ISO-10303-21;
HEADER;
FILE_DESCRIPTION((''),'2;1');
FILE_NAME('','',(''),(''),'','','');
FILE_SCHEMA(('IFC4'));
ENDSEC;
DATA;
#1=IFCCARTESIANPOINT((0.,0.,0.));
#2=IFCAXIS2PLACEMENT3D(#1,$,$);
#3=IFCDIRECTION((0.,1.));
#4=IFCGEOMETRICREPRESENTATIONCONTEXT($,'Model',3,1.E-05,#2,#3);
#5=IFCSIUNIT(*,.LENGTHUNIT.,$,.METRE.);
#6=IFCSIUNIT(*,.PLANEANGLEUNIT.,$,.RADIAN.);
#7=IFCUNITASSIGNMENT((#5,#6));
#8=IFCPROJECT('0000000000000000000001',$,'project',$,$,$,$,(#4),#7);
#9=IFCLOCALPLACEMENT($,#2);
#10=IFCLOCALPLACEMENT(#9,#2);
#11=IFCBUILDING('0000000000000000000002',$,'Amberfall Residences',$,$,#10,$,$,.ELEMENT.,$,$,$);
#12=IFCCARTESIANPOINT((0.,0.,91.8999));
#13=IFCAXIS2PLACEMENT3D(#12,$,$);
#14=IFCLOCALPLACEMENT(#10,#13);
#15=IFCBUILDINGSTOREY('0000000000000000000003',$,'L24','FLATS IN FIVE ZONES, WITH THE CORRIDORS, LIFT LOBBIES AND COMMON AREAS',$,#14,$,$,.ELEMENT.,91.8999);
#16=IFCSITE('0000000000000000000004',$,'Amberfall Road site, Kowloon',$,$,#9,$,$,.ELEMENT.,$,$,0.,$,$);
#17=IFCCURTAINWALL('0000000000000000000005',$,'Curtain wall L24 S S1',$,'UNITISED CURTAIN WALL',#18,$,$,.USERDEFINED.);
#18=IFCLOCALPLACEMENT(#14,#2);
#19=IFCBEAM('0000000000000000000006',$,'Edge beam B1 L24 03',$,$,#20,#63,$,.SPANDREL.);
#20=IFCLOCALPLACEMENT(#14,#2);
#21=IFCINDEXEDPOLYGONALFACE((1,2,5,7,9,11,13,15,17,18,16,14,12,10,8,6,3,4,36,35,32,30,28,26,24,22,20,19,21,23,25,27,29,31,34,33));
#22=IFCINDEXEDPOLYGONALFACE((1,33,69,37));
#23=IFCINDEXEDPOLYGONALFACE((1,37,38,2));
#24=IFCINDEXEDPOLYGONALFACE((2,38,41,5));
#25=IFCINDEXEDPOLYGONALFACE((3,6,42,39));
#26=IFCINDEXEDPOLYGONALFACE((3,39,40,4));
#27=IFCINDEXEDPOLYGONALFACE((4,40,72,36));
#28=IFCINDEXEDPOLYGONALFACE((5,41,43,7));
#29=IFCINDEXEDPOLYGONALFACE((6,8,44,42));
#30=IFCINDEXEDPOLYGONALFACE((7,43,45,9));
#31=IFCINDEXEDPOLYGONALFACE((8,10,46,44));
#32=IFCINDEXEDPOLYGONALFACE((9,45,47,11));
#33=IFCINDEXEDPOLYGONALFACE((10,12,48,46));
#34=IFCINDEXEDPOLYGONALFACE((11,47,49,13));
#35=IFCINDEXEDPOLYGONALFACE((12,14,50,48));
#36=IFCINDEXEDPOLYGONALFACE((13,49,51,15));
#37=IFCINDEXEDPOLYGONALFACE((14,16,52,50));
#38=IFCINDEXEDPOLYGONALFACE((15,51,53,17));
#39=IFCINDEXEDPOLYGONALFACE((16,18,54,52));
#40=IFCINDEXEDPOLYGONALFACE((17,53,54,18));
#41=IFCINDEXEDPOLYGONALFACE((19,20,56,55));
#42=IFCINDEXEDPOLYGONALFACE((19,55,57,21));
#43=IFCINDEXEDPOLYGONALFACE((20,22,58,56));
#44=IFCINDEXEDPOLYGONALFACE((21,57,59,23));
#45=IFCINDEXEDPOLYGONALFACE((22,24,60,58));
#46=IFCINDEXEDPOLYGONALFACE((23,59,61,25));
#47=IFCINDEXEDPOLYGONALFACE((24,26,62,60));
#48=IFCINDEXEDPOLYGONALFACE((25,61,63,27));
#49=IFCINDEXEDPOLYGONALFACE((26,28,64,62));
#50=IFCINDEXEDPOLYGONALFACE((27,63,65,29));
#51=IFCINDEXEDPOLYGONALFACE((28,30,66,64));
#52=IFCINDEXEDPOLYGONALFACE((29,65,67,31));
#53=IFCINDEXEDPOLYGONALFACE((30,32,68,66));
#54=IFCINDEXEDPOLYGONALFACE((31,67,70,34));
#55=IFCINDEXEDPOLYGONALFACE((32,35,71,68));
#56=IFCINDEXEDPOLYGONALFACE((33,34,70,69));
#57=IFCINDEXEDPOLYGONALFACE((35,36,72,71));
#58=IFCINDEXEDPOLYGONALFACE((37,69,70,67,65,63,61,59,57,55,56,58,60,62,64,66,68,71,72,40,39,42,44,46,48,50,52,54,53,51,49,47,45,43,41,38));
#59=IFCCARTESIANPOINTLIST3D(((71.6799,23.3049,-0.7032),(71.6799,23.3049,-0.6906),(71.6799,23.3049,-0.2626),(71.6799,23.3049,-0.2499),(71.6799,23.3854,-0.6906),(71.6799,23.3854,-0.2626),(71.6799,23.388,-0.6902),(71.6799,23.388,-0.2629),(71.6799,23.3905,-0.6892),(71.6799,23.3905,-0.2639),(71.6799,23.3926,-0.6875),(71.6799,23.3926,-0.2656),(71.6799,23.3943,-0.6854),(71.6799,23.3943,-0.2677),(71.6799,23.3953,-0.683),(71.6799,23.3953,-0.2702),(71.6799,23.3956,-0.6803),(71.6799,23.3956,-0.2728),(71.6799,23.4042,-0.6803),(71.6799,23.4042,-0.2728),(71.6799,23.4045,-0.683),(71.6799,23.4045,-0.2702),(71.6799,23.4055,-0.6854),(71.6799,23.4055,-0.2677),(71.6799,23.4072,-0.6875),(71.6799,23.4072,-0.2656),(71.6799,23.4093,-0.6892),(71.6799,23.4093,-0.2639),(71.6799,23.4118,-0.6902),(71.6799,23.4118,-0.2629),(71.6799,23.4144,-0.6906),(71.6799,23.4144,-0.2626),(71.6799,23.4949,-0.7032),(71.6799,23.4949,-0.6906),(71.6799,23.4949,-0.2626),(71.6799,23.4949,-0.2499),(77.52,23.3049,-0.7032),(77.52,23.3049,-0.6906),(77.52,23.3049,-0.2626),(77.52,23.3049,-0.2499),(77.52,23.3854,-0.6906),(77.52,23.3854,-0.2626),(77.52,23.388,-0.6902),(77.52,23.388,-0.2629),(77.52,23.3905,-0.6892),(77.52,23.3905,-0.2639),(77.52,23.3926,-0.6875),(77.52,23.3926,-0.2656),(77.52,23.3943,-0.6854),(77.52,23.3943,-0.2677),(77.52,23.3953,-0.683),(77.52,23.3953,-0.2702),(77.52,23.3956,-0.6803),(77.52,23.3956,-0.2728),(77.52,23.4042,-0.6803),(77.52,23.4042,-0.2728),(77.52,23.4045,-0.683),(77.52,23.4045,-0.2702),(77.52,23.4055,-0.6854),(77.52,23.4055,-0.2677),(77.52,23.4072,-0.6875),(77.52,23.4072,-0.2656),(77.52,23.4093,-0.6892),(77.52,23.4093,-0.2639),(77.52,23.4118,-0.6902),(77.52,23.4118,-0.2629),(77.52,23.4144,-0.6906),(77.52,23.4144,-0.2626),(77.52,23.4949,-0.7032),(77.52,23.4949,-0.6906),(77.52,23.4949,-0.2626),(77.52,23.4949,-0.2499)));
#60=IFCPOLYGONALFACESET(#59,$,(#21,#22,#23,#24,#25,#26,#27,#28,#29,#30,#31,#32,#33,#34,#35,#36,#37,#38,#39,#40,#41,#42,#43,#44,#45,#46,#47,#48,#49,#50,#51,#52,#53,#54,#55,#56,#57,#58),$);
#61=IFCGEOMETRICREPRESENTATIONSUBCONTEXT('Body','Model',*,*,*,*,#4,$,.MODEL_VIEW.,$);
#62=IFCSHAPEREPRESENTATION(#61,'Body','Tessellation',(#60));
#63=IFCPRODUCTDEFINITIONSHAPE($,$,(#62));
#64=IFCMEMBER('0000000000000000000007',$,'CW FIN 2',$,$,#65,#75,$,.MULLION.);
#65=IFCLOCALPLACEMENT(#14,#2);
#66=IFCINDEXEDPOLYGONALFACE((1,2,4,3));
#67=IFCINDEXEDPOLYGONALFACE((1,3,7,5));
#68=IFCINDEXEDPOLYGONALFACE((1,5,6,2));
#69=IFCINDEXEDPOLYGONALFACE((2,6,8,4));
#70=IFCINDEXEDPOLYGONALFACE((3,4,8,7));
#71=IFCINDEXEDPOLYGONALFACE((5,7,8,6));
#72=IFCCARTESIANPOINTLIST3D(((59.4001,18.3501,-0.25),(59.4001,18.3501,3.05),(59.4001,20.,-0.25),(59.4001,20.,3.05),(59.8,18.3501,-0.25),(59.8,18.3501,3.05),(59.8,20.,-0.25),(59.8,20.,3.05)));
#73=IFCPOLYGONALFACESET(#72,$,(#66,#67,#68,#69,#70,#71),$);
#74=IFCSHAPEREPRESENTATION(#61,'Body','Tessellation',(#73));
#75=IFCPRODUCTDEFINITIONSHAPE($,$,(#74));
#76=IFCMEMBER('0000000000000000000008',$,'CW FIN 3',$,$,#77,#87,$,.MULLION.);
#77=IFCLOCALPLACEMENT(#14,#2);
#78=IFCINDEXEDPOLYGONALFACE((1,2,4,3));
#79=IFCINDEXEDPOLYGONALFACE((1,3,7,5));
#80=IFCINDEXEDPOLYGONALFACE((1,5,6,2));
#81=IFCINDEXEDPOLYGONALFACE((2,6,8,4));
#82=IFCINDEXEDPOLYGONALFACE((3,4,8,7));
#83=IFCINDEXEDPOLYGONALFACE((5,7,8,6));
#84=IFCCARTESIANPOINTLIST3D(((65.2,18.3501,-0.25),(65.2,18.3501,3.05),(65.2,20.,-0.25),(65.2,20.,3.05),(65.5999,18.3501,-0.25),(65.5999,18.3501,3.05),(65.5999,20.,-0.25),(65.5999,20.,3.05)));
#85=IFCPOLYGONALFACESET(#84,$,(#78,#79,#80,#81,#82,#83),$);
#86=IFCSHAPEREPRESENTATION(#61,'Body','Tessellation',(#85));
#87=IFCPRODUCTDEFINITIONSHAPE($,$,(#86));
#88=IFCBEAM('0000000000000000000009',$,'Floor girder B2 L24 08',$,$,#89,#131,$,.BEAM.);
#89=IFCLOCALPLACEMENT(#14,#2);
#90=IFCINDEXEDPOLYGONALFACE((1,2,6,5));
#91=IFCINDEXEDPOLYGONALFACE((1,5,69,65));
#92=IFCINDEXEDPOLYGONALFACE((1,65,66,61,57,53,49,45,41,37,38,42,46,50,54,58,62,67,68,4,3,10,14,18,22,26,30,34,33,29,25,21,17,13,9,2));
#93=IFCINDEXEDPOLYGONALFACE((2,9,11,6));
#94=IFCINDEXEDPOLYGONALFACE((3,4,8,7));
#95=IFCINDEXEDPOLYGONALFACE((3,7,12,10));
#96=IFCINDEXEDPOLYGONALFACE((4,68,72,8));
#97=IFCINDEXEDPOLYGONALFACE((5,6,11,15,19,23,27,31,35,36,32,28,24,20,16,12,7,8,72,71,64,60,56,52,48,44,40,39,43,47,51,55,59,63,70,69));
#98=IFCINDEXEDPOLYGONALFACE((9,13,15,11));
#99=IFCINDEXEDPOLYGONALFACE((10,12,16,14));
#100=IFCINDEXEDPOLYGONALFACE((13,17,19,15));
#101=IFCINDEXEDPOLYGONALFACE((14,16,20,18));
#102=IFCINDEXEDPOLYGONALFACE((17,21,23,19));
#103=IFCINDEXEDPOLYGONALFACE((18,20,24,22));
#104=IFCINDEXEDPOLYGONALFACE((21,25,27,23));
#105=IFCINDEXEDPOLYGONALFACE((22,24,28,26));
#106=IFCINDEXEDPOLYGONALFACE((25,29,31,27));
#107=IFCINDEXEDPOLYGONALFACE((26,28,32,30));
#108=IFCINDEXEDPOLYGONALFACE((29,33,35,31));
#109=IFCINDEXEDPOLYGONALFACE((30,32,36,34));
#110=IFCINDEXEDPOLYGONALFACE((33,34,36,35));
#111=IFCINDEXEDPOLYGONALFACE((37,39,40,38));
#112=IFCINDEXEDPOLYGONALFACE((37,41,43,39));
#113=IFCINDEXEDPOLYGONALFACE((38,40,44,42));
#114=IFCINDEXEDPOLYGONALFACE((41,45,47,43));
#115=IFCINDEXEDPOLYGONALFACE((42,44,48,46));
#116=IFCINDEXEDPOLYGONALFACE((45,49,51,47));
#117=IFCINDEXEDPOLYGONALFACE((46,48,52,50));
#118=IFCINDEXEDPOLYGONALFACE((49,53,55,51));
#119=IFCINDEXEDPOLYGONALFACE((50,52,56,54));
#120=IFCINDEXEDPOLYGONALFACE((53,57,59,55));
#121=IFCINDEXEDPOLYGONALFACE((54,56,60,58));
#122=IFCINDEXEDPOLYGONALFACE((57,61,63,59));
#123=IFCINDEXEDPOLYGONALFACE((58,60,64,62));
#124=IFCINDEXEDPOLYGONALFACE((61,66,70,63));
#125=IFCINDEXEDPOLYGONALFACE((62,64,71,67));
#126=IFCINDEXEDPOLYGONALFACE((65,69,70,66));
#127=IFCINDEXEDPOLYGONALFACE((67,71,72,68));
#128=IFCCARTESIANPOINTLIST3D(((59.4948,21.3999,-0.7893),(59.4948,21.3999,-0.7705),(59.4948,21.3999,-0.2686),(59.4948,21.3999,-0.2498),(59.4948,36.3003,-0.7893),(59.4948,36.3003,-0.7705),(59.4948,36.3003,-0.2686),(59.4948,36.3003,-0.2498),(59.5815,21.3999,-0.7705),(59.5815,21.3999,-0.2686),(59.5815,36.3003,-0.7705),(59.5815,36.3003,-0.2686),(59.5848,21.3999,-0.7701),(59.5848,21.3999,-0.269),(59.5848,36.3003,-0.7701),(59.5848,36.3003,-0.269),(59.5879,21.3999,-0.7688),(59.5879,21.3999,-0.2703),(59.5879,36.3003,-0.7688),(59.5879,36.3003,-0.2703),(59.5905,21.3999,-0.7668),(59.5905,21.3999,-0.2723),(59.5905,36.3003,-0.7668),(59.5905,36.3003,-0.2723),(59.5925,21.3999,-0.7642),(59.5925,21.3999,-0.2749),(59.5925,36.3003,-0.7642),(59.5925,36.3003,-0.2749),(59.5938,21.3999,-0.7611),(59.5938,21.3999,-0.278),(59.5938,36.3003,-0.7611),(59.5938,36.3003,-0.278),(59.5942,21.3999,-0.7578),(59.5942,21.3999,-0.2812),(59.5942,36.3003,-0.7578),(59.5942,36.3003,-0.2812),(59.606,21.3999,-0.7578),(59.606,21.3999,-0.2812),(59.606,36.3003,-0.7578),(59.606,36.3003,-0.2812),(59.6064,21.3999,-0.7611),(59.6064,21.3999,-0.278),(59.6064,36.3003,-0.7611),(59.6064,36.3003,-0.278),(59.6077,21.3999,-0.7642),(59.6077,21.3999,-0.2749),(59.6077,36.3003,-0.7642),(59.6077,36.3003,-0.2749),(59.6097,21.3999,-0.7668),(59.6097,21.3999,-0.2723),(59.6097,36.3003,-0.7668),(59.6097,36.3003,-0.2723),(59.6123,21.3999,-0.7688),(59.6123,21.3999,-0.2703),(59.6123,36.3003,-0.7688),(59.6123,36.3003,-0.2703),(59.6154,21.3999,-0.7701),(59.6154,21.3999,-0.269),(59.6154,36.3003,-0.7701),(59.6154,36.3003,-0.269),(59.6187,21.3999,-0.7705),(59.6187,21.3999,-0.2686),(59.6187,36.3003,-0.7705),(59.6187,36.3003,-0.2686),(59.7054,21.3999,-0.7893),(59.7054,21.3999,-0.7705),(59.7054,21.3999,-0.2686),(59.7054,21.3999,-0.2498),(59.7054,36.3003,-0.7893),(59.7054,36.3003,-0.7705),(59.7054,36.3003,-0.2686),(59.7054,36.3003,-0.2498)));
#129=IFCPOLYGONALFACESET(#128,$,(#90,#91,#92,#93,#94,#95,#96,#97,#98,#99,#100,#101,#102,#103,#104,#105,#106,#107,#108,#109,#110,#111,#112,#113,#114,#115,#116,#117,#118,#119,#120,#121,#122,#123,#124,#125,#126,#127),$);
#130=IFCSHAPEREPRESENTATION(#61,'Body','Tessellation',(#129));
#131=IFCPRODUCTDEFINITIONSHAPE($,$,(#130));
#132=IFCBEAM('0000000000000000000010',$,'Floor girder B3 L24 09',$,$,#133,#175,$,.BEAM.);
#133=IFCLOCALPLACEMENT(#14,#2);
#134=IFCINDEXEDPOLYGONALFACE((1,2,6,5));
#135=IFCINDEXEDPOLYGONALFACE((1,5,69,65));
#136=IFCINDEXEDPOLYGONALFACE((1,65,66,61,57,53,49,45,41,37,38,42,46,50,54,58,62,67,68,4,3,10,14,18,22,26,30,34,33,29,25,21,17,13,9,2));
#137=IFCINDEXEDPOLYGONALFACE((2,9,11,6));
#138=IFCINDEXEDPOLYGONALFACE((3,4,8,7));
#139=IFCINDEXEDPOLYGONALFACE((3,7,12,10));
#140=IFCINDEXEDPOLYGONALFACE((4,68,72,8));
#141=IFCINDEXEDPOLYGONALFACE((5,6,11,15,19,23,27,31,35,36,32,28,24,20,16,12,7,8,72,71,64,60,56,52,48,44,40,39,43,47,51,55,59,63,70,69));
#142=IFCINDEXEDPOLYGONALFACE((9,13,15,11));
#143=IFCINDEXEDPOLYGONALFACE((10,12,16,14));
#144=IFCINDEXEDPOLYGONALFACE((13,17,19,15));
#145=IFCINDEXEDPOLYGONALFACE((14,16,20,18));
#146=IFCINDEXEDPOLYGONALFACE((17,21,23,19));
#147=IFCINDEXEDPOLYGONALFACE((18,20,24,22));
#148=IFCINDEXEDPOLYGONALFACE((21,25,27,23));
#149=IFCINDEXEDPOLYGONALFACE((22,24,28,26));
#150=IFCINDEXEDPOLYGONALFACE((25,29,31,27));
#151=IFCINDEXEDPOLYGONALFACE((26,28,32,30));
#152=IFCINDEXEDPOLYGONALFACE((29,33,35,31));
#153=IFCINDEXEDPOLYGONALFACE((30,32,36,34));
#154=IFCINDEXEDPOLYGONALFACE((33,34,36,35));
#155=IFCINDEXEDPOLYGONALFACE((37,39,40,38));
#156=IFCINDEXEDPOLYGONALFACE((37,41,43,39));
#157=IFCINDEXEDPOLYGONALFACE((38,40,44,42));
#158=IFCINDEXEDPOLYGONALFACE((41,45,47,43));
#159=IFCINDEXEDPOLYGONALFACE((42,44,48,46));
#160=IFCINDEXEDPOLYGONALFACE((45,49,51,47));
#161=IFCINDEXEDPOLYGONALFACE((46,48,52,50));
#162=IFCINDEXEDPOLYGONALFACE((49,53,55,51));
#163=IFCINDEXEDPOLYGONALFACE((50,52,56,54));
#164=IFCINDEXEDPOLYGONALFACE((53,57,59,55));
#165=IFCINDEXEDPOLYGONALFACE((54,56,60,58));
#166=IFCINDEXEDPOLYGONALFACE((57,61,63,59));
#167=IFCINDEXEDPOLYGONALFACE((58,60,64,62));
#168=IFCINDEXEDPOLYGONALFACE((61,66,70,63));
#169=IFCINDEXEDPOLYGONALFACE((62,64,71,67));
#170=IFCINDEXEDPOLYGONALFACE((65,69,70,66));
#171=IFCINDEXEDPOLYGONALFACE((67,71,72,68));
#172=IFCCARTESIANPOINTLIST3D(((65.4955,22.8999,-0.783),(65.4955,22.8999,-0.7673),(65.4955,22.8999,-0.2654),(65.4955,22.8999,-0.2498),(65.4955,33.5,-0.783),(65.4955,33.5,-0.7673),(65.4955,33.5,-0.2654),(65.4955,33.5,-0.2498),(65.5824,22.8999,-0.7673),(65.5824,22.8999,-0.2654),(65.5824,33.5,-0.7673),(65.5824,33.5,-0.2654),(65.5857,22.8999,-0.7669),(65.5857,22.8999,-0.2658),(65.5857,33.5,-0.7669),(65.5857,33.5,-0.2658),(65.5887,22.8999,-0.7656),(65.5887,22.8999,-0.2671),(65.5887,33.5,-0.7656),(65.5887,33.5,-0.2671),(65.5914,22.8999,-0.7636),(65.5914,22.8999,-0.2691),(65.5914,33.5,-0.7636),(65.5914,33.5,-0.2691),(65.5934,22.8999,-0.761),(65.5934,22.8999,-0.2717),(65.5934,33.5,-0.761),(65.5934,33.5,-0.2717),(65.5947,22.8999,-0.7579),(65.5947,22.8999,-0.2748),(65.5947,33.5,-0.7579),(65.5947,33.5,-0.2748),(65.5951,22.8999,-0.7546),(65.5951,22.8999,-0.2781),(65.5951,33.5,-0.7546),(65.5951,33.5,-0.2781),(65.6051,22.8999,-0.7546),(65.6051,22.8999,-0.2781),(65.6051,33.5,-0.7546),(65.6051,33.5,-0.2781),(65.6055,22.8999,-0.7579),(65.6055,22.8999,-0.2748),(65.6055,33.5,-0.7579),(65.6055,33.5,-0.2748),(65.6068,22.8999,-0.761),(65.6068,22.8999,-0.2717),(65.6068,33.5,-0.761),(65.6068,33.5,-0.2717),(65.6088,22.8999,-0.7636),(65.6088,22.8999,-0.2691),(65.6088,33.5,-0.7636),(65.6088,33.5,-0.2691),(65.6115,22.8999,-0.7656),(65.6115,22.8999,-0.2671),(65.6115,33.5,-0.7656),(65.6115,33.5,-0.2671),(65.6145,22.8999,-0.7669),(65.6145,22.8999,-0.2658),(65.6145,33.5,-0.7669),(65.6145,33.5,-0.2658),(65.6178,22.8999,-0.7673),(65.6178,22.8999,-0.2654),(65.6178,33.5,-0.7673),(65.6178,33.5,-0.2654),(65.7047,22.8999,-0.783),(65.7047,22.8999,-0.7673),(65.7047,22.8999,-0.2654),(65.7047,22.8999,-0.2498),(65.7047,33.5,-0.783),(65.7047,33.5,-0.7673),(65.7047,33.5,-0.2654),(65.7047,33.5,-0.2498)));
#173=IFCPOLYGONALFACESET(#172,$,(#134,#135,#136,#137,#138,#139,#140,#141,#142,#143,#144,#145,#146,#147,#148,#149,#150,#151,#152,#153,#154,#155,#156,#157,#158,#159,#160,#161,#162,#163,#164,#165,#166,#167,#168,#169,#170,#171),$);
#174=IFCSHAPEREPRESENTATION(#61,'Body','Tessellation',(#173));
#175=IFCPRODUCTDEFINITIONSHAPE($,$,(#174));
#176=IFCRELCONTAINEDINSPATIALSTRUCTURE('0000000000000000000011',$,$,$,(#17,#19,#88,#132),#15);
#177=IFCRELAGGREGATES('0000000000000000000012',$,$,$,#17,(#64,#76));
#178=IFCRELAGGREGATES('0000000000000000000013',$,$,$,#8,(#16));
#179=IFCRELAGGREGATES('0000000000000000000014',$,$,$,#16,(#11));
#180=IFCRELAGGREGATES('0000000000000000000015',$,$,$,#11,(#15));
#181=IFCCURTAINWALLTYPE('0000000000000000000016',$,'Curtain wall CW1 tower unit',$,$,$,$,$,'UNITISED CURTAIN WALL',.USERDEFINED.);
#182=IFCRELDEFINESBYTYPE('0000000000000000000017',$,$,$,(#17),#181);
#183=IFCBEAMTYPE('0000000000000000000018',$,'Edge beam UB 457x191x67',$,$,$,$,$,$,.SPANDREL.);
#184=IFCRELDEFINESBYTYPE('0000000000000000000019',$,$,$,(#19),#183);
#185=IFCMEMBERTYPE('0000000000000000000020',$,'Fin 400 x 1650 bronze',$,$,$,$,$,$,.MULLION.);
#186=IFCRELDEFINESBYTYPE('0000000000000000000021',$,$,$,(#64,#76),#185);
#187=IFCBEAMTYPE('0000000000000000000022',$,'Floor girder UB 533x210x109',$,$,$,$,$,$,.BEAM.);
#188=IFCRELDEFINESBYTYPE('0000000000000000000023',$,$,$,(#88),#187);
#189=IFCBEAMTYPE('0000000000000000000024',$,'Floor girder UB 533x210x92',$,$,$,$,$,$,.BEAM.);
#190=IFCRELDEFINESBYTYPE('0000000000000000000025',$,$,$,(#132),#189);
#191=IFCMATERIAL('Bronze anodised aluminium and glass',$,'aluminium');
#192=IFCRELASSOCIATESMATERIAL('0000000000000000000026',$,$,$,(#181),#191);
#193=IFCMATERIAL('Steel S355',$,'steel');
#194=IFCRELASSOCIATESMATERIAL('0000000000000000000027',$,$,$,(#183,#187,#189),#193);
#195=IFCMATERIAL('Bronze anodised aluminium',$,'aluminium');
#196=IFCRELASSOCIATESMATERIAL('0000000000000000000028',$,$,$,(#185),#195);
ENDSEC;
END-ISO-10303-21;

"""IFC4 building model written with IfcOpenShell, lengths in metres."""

from ifc_helpers import new_model, si_unit, direction, frame, origin, origin_2d, place, context, subcontext, project, spatial, rectangle, i_section, extrude, material, material_profile, profile_set, type_object, element, aggregate, save


model = new_model("IFC4")

# Units and contexts
model_context = context("Model", 3, precision=1e-05, world=origin(), true_north=direction((0.0, 1.0)))
body_context = subcontext(model_context, "Body", "Model", "MODEL_VIEW")
ifc_project = project(units=[si_unit("LENGTHUNIT", "METRE"), si_unit("PLANEANGLEUNIT", "RADIAN")], contexts=[model_context])

# Site, building, storey
site_placement = place(None, origin())
site = spatial("IfcSite", under=ifc_project, at=site_placement, Name="Amberfall Road site, Kowloon", CompositionType="ELEMENT", RefElevation=0.0)
building_placement = place(site_placement, origin())
building = spatial("IfcBuilding", under=site, at=building_placement, Name="Amberfall Residences", CompositionType="ELEMENT")
storey_placement = place(building_placement, frame((0.0, 0.0, 91.8999)))
storey = spatial("IfcBuildingStorey", under=building, at=storey_placement, Name="L24", Description="FLATS IN FIVE ZONES, WITH THE CORRIDORS, LIFT LOBBIES AND COMMON AREAS", CompositionType="ELEMENT", Elevation=91.8999)

# Curtain wall
ifc_material_1 = material(Name="Bronze anodised aluminium and glass", Category="aluminium")
curtain_wall_type = type_object("IfcCurtainWallType", Name="Curtain wall CW1 tower unit", ElementType="UNITISED CURTAIN WALL", PredefinedType="USERDEFINED", material=ifc_material_1)
curtain_wall_placement = place(storey_placement, origin())
curtain_wall = element("IfcCurtainWall", 1, at=curtain_wall_placement, inside=storey, type_object=curtain_wall_type, Name="Curtain wall L24 S S1", ObjectType="UNITISED CURTAIN WALL", PredefinedType="USERDEFINED")
ifc_material_2 = material(Name="Bronze anodised aluminium", Category="aluminium")

# Beam
ifc_material_3 = material(Name="Steel S355", Category="steel")
ifc_material_profile_1 = material_profile(ifc_material_3, i_section(OverallWidth=0.1899, OverallDepth=0.4534, WebThickness=0.0085, FlangeThickness=0.0127, FilletRadius=0.0103, at=origin_2d()), Name="UB 457x191x67")
ifc_profile_set_1 = profile_set([ifc_material_profile_1], Name="Steel S355")
beam_type_1 = type_object("IfcBeamType", Name="Edge beam UB 457x191x67", PredefinedType="SPANDREL", material=ifc_profile_set_1)
beam_1_placement = place(storey_placement, frame((71.6799, 23.3999, -0.4766), z_axis=(1.0, 0.0, 0.0), x_axis=(0.0, 1.0, 0.0)))
element("IfcBeam", 2, at=beam_1_placement, inside=storey, type_object=beam_type_1, Name="Edge beam B1 L24 03", PredefinedType="SPANDREL", context=body_context, shape_type="SweptSolid", body=[
    extrude(i_section(OverallWidth=0.1899, OverallDepth=0.4534, WebThickness=0.0085, FlangeThickness=0.0127, FilletRadius=0.0103, at=origin_2d()), origin(), (0.0, 0.0, 1.0), 5.8401),
])

# Members
ifc_material_profile_2 = material_profile(ifc_material_2, rectangle(XDim=1.6499, YDim=0.3999, at=origin_2d()), Name="Fin 400 x 1650 bronze")
ifc_profile_set_2 = profile_set([ifc_material_profile_2], Name="Bronze anodised aluminium")
member_type_1 = type_object("IfcMemberType", Name="Fin 400 x 1650 bronze", PredefinedType="MULLION", material=ifc_profile_set_2)
member_1_placement = place(storey_placement, frame((59.6001, 19.175, -0.25), z_axis=(0.0, 0.0, 1.0), x_axis=(0.0, 1.0, 0.0)))
member_1 = element("IfcMember", 3, at=member_1_placement, type_object=member_type_1, Name="CW FIN 2", PredefinedType="MULLION", context=body_context, shape_type="SweptSolid", body=[
    extrude(rectangle(XDim=1.6499, YDim=0.3999, at=origin_2d()), origin(), (0.0, 0.0, 1.0), 3.3),
])
member_2_placement = place(storey_placement, frame((65.3999, 19.175, -0.25), z_axis=(0.0, 0.0, 1.0), x_axis=(0.0, 1.0, 0.0)))
member_2 = element("IfcMember", 4, at=member_2_placement, type_object=member_type_1, Name="CW FIN 3", PredefinedType="MULLION", context=body_context, shape_type="SweptSolid", body=[
    extrude(rectangle(XDim=1.6499, YDim=0.3999, at=origin_2d()), origin(), (0.0, 0.0, 1.0), 3.3),
])

# Beams
ifc_material_profile_3 = material_profile(ifc_material_3, i_section(OverallWidth=0.2107, OverallDepth=0.5396, WebThickness=0.0117, FlangeThickness=0.0188, FilletRadius=0.0127, at=origin_2d()), Name="UB 533x210x109")
ifc_profile_set_3 = profile_set([ifc_material_profile_3], Name="Steel S355")
beam_type_2 = type_object("IfcBeamType", Name="Floor girder UB 533x210x109", PredefinedType="BEAM", material=ifc_profile_set_3)
beam_2_placement = place(storey_placement, frame((59.6001, 21.3999, -0.5195), z_axis=(0.0, 1.0, 0.0), x_axis=(-1.0, 0.0, 0.0)))
element("IfcBeam", 5, at=beam_2_placement, inside=storey, type_object=beam_type_2, Name="Floor girder B2 L24 08", PredefinedType="BEAM", context=body_context, shape_type="SweptSolid", body=[
    extrude(i_section(OverallWidth=0.2107, OverallDepth=0.5396, WebThickness=0.0117, FlangeThickness=0.0188, FilletRadius=0.0127, at=origin_2d()), origin(), (0.0, 0.0, 1.0), 14.9004),
])
ifc_material_profile_4 = material_profile(ifc_material_3, i_section(OverallWidth=0.2092, OverallDepth=0.5332, WebThickness=0.01, FlangeThickness=0.0156, FilletRadius=0.0127, at=origin_2d()), Name="UB 533x210x92")
ifc_profile_set_4 = profile_set([ifc_material_profile_4], Name="Steel S355")
beam_type_3 = type_object("IfcBeamType", Name="Floor girder UB 533x210x92", PredefinedType="BEAM", material=ifc_profile_set_4)
for number, where, z_axis, x_axis, name in (
    (6, (65.6001, 22.8999, -0.5164), (0.0, 1.0, 0.0), (-1.0, 0.0, 0.0), "Floor girder B3 L24 09"),
):
    element("IfcBeam", number, at=place(storey_placement, frame(where, z_axis=z_axis, x_axis=x_axis)), inside=storey, type_object=beam_type_3, Name=name, PredefinedType="BEAM", context=body_context, shape_type="SweptSolid", body=[
        extrude(i_section(OverallWidth=0.2092, OverallDepth=0.5332, WebThickness=0.01, FlangeThickness=0.0156, FilletRadius=0.0127, at=origin_2d()), origin(), (0.0, 0.0, 1.0), 10.6001),
    ])

aggregate(curtain_wall, [member_1, member_2])

save(model, "model.ifc")
